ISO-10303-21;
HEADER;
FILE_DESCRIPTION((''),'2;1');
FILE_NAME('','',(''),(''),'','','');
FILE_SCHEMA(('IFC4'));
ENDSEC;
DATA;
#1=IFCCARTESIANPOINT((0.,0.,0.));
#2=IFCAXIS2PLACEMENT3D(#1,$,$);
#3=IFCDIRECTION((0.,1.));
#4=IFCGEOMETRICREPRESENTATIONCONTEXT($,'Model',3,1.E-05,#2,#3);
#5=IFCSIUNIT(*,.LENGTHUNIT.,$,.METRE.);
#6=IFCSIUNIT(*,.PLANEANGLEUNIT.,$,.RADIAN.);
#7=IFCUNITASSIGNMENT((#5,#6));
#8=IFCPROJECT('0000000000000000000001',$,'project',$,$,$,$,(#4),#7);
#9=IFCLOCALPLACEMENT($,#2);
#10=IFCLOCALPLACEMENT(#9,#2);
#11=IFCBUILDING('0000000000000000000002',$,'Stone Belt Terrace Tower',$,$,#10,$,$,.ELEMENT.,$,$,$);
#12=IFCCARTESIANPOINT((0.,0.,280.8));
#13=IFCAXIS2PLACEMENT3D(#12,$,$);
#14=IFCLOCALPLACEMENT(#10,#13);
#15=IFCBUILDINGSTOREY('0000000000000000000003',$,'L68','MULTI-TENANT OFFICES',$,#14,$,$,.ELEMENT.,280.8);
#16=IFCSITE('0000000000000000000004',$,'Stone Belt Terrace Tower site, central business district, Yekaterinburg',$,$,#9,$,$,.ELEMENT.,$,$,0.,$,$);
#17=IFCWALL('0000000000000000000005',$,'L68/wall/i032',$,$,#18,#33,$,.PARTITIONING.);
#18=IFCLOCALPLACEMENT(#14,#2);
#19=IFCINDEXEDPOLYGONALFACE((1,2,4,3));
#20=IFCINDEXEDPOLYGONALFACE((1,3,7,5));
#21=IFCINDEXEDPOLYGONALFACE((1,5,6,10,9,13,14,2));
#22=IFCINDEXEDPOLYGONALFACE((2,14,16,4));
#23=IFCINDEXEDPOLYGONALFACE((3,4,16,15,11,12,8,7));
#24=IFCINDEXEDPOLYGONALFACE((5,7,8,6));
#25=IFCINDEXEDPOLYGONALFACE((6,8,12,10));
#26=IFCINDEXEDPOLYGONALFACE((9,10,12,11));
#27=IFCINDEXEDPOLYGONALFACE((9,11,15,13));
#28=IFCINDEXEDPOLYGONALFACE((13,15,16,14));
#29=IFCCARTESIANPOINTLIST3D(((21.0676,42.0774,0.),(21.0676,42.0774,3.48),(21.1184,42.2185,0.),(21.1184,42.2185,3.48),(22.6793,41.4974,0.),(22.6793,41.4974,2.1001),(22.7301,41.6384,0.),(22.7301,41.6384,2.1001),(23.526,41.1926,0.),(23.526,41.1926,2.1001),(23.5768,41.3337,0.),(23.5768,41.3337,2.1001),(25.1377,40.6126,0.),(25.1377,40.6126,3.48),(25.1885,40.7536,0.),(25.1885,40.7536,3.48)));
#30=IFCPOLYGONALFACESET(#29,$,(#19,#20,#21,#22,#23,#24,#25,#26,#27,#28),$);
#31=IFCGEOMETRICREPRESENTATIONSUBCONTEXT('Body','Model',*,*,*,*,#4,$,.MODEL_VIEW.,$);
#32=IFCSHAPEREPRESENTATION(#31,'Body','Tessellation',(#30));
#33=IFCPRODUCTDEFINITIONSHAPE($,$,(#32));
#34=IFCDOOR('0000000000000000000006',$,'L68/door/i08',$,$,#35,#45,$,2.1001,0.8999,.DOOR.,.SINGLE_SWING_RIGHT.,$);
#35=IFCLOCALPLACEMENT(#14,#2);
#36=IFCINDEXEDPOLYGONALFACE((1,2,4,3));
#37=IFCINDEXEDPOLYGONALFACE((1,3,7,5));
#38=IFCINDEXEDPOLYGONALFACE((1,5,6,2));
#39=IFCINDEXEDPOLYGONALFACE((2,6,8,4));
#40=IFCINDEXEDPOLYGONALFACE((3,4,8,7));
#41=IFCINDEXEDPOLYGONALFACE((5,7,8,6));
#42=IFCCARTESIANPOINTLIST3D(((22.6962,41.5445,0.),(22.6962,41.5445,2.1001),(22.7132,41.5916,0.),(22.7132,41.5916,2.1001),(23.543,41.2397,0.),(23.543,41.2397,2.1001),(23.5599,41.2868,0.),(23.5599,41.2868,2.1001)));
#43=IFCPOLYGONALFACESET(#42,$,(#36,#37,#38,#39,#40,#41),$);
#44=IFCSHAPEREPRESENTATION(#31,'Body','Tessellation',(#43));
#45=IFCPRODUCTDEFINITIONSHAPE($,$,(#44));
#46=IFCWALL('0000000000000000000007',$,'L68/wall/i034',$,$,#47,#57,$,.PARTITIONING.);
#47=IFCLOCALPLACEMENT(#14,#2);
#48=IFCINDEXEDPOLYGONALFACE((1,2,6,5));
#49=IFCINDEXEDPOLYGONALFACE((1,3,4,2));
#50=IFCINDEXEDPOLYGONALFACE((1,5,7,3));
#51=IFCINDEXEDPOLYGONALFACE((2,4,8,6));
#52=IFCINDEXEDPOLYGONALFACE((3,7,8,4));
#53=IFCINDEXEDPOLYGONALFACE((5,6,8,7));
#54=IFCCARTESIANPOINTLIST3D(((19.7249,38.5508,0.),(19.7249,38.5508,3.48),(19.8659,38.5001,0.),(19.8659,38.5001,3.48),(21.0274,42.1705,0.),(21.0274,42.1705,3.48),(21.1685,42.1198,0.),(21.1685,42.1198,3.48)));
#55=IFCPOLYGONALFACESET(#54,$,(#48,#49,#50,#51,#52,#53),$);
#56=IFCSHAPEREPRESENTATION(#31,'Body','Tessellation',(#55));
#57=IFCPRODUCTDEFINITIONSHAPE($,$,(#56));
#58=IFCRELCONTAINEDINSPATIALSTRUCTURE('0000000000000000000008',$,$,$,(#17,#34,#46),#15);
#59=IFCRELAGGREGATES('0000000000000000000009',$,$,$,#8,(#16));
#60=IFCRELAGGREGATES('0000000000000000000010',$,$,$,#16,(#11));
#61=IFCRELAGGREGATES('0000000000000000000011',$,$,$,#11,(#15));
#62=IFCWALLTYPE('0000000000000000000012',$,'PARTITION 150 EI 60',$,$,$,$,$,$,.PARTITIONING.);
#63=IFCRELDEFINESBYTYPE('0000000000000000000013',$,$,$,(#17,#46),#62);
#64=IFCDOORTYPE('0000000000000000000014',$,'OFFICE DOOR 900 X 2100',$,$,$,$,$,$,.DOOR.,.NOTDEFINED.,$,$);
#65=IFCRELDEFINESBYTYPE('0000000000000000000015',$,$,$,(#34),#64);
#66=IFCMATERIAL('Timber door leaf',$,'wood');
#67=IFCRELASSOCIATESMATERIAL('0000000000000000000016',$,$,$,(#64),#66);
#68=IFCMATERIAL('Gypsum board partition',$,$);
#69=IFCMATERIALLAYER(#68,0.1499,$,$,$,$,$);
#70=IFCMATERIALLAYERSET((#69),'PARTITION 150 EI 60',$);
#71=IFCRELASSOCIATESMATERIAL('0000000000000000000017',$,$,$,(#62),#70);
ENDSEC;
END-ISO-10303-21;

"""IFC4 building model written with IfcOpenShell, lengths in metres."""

from ifc_helpers import new_model, si_unit, direction, frame, frame_2d, origin, place, context, subcontext, project, spatial, rectangle, extrude, material, layer, layer_set, type_object, element, fill, save


model = new_model("IFC4")

# Units and contexts
model_context = context("Model", 3, precision=1e-05, world=origin(), true_north=direction((0.0, 1.0)))
body_context = subcontext(model_context, "Body", "Model", "MODEL_VIEW")
ifc_project = project(units=[si_unit("LENGTHUNIT", "METRE"), si_unit("PLANEANGLEUNIT", "RADIAN")], contexts=[model_context])

# Site, building, storey
site_placement = place(None, origin())
site = spatial("IfcSite", under=ifc_project, at=site_placement, Name="Stone Belt Terrace Tower site, central business district, Yekaterinburg", CompositionType="ELEMENT", RefElevation=0.0)
building_placement = place(site_placement, origin())
building = spatial("IfcBuilding", under=site, at=building_placement, Name="Stone Belt Terrace Tower", CompositionType="ELEMENT")
storey_placement = place(building_placement, frame((0.0, 0.0, 280.8)))
storey = spatial("IfcBuildingStorey", under=building, at=storey_placement, Name="L68", Description="MULTI-TENANT OFFICES", CompositionType="ELEMENT", Elevation=280.8)

# Shared definitions
ifc_material_1 = material(Name="Timber door leaf", Category="wood")
ifc_material_2 = material(Name="Gypsum board partition")
door_type_1 = type_object("IfcDoorType", Name="OFFICE DOOR 900 X 2100", OperationType="NOTDEFINED", PredefinedType="DOOR", material=ifc_material_1)
ifc_layer_1 = layer(ifc_material_2, 0.1499)
ifc_layer_set_1 = layer_set([ifc_layer_1], Name="PARTITION 150 EI 60")
wall_type_1 = type_object("IfcWallType", Name="PARTITION 150 EI 60", PredefinedType="PARTITIONING", material=ifc_layer_set_1)

# Wall, opening, door
wall_1_placement = place(storey_placement, frame((25.1631, 40.6831, 0.0), z_axis=(0.0, 0.0, 1.0), x_axis=(-0.940915, 0.338642, 0.0)))
wall_1 = element("IfcWall", 1, at=wall_1_placement, inside=storey, type_object=wall_type_1, Name="L68/wall/i032", PredefinedType="PARTITIONING", context=body_context, shape_type="SweptSolid", body=[
    extrude(rectangle(XDim=4.3257, YDim=0.1499, at=frame_2d((2.1628, 0.0))), origin(), (0.0, 0.0, 1.0), 3.48),
])
opening_1_placement = place(wall_1_placement, frame((1.7129, 0.0, 0.0)))
opening_1 = element("IfcOpeningElement", 2, at=opening_1_placement, cuts=wall_1, PredefinedType="OPENING", context=body_context, shape_type="SweptSolid", body=[
    extrude(rectangle(XDim=0.8999, YDim=2.1001, at=frame_2d((0.45, 1.05))), frame((0.0, 0.085, 0.0), z_axis=(0.0, -1.0, 0.0), x_axis=(1.0, 0.0, 0.0)), (0.0, 0.0, 1.0), 0.1699),
])
door_1_placement = place(opening_1_placement, origin())
door_1 = element("IfcDoor", 3, at=door_1_placement, inside=storey, type_object=door_type_1, Name="L68/door/i08", OperationType="SINGLE_SWING_RIGHT", OverallHeight=2.1001, OverallWidth=0.8999, PredefinedType="DOOR", context=body_context, shape_type="SweptSolid", body=[
    extrude(rectangle(XDim=0.8999, YDim=2.1001, at=frame_2d((0.45, 1.05))), frame((0.0, 0.0249, 0.0), z_axis=(0.0, -1.0, 0.0), x_axis=(1.0, 0.0, 0.0)), (0.0, 0.0, 1.0), 0.05),
])
fill(opening_1, door_1)

# Wall
wall_2_placement = place(storey_placement, frame((21.0979, 42.145, 0.0), z_axis=(0.0, 0.0, 1.0), x_axis=(-0.338587, -0.940935, 0.0)))
element("IfcWall", 4, at=wall_2_placement, inside=storey, type_object=wall_type_1, Name="L68/wall/i034", PredefinedType="PARTITIONING", context=body_context, shape_type="SweptSolid", body=[
    extrude(rectangle(XDim=3.8469, YDim=0.1499, at=frame_2d((1.9233, 0.0))), origin(), (0.0, 0.0, 1.0), 3.48),
])

save(model, "model.ifc")
